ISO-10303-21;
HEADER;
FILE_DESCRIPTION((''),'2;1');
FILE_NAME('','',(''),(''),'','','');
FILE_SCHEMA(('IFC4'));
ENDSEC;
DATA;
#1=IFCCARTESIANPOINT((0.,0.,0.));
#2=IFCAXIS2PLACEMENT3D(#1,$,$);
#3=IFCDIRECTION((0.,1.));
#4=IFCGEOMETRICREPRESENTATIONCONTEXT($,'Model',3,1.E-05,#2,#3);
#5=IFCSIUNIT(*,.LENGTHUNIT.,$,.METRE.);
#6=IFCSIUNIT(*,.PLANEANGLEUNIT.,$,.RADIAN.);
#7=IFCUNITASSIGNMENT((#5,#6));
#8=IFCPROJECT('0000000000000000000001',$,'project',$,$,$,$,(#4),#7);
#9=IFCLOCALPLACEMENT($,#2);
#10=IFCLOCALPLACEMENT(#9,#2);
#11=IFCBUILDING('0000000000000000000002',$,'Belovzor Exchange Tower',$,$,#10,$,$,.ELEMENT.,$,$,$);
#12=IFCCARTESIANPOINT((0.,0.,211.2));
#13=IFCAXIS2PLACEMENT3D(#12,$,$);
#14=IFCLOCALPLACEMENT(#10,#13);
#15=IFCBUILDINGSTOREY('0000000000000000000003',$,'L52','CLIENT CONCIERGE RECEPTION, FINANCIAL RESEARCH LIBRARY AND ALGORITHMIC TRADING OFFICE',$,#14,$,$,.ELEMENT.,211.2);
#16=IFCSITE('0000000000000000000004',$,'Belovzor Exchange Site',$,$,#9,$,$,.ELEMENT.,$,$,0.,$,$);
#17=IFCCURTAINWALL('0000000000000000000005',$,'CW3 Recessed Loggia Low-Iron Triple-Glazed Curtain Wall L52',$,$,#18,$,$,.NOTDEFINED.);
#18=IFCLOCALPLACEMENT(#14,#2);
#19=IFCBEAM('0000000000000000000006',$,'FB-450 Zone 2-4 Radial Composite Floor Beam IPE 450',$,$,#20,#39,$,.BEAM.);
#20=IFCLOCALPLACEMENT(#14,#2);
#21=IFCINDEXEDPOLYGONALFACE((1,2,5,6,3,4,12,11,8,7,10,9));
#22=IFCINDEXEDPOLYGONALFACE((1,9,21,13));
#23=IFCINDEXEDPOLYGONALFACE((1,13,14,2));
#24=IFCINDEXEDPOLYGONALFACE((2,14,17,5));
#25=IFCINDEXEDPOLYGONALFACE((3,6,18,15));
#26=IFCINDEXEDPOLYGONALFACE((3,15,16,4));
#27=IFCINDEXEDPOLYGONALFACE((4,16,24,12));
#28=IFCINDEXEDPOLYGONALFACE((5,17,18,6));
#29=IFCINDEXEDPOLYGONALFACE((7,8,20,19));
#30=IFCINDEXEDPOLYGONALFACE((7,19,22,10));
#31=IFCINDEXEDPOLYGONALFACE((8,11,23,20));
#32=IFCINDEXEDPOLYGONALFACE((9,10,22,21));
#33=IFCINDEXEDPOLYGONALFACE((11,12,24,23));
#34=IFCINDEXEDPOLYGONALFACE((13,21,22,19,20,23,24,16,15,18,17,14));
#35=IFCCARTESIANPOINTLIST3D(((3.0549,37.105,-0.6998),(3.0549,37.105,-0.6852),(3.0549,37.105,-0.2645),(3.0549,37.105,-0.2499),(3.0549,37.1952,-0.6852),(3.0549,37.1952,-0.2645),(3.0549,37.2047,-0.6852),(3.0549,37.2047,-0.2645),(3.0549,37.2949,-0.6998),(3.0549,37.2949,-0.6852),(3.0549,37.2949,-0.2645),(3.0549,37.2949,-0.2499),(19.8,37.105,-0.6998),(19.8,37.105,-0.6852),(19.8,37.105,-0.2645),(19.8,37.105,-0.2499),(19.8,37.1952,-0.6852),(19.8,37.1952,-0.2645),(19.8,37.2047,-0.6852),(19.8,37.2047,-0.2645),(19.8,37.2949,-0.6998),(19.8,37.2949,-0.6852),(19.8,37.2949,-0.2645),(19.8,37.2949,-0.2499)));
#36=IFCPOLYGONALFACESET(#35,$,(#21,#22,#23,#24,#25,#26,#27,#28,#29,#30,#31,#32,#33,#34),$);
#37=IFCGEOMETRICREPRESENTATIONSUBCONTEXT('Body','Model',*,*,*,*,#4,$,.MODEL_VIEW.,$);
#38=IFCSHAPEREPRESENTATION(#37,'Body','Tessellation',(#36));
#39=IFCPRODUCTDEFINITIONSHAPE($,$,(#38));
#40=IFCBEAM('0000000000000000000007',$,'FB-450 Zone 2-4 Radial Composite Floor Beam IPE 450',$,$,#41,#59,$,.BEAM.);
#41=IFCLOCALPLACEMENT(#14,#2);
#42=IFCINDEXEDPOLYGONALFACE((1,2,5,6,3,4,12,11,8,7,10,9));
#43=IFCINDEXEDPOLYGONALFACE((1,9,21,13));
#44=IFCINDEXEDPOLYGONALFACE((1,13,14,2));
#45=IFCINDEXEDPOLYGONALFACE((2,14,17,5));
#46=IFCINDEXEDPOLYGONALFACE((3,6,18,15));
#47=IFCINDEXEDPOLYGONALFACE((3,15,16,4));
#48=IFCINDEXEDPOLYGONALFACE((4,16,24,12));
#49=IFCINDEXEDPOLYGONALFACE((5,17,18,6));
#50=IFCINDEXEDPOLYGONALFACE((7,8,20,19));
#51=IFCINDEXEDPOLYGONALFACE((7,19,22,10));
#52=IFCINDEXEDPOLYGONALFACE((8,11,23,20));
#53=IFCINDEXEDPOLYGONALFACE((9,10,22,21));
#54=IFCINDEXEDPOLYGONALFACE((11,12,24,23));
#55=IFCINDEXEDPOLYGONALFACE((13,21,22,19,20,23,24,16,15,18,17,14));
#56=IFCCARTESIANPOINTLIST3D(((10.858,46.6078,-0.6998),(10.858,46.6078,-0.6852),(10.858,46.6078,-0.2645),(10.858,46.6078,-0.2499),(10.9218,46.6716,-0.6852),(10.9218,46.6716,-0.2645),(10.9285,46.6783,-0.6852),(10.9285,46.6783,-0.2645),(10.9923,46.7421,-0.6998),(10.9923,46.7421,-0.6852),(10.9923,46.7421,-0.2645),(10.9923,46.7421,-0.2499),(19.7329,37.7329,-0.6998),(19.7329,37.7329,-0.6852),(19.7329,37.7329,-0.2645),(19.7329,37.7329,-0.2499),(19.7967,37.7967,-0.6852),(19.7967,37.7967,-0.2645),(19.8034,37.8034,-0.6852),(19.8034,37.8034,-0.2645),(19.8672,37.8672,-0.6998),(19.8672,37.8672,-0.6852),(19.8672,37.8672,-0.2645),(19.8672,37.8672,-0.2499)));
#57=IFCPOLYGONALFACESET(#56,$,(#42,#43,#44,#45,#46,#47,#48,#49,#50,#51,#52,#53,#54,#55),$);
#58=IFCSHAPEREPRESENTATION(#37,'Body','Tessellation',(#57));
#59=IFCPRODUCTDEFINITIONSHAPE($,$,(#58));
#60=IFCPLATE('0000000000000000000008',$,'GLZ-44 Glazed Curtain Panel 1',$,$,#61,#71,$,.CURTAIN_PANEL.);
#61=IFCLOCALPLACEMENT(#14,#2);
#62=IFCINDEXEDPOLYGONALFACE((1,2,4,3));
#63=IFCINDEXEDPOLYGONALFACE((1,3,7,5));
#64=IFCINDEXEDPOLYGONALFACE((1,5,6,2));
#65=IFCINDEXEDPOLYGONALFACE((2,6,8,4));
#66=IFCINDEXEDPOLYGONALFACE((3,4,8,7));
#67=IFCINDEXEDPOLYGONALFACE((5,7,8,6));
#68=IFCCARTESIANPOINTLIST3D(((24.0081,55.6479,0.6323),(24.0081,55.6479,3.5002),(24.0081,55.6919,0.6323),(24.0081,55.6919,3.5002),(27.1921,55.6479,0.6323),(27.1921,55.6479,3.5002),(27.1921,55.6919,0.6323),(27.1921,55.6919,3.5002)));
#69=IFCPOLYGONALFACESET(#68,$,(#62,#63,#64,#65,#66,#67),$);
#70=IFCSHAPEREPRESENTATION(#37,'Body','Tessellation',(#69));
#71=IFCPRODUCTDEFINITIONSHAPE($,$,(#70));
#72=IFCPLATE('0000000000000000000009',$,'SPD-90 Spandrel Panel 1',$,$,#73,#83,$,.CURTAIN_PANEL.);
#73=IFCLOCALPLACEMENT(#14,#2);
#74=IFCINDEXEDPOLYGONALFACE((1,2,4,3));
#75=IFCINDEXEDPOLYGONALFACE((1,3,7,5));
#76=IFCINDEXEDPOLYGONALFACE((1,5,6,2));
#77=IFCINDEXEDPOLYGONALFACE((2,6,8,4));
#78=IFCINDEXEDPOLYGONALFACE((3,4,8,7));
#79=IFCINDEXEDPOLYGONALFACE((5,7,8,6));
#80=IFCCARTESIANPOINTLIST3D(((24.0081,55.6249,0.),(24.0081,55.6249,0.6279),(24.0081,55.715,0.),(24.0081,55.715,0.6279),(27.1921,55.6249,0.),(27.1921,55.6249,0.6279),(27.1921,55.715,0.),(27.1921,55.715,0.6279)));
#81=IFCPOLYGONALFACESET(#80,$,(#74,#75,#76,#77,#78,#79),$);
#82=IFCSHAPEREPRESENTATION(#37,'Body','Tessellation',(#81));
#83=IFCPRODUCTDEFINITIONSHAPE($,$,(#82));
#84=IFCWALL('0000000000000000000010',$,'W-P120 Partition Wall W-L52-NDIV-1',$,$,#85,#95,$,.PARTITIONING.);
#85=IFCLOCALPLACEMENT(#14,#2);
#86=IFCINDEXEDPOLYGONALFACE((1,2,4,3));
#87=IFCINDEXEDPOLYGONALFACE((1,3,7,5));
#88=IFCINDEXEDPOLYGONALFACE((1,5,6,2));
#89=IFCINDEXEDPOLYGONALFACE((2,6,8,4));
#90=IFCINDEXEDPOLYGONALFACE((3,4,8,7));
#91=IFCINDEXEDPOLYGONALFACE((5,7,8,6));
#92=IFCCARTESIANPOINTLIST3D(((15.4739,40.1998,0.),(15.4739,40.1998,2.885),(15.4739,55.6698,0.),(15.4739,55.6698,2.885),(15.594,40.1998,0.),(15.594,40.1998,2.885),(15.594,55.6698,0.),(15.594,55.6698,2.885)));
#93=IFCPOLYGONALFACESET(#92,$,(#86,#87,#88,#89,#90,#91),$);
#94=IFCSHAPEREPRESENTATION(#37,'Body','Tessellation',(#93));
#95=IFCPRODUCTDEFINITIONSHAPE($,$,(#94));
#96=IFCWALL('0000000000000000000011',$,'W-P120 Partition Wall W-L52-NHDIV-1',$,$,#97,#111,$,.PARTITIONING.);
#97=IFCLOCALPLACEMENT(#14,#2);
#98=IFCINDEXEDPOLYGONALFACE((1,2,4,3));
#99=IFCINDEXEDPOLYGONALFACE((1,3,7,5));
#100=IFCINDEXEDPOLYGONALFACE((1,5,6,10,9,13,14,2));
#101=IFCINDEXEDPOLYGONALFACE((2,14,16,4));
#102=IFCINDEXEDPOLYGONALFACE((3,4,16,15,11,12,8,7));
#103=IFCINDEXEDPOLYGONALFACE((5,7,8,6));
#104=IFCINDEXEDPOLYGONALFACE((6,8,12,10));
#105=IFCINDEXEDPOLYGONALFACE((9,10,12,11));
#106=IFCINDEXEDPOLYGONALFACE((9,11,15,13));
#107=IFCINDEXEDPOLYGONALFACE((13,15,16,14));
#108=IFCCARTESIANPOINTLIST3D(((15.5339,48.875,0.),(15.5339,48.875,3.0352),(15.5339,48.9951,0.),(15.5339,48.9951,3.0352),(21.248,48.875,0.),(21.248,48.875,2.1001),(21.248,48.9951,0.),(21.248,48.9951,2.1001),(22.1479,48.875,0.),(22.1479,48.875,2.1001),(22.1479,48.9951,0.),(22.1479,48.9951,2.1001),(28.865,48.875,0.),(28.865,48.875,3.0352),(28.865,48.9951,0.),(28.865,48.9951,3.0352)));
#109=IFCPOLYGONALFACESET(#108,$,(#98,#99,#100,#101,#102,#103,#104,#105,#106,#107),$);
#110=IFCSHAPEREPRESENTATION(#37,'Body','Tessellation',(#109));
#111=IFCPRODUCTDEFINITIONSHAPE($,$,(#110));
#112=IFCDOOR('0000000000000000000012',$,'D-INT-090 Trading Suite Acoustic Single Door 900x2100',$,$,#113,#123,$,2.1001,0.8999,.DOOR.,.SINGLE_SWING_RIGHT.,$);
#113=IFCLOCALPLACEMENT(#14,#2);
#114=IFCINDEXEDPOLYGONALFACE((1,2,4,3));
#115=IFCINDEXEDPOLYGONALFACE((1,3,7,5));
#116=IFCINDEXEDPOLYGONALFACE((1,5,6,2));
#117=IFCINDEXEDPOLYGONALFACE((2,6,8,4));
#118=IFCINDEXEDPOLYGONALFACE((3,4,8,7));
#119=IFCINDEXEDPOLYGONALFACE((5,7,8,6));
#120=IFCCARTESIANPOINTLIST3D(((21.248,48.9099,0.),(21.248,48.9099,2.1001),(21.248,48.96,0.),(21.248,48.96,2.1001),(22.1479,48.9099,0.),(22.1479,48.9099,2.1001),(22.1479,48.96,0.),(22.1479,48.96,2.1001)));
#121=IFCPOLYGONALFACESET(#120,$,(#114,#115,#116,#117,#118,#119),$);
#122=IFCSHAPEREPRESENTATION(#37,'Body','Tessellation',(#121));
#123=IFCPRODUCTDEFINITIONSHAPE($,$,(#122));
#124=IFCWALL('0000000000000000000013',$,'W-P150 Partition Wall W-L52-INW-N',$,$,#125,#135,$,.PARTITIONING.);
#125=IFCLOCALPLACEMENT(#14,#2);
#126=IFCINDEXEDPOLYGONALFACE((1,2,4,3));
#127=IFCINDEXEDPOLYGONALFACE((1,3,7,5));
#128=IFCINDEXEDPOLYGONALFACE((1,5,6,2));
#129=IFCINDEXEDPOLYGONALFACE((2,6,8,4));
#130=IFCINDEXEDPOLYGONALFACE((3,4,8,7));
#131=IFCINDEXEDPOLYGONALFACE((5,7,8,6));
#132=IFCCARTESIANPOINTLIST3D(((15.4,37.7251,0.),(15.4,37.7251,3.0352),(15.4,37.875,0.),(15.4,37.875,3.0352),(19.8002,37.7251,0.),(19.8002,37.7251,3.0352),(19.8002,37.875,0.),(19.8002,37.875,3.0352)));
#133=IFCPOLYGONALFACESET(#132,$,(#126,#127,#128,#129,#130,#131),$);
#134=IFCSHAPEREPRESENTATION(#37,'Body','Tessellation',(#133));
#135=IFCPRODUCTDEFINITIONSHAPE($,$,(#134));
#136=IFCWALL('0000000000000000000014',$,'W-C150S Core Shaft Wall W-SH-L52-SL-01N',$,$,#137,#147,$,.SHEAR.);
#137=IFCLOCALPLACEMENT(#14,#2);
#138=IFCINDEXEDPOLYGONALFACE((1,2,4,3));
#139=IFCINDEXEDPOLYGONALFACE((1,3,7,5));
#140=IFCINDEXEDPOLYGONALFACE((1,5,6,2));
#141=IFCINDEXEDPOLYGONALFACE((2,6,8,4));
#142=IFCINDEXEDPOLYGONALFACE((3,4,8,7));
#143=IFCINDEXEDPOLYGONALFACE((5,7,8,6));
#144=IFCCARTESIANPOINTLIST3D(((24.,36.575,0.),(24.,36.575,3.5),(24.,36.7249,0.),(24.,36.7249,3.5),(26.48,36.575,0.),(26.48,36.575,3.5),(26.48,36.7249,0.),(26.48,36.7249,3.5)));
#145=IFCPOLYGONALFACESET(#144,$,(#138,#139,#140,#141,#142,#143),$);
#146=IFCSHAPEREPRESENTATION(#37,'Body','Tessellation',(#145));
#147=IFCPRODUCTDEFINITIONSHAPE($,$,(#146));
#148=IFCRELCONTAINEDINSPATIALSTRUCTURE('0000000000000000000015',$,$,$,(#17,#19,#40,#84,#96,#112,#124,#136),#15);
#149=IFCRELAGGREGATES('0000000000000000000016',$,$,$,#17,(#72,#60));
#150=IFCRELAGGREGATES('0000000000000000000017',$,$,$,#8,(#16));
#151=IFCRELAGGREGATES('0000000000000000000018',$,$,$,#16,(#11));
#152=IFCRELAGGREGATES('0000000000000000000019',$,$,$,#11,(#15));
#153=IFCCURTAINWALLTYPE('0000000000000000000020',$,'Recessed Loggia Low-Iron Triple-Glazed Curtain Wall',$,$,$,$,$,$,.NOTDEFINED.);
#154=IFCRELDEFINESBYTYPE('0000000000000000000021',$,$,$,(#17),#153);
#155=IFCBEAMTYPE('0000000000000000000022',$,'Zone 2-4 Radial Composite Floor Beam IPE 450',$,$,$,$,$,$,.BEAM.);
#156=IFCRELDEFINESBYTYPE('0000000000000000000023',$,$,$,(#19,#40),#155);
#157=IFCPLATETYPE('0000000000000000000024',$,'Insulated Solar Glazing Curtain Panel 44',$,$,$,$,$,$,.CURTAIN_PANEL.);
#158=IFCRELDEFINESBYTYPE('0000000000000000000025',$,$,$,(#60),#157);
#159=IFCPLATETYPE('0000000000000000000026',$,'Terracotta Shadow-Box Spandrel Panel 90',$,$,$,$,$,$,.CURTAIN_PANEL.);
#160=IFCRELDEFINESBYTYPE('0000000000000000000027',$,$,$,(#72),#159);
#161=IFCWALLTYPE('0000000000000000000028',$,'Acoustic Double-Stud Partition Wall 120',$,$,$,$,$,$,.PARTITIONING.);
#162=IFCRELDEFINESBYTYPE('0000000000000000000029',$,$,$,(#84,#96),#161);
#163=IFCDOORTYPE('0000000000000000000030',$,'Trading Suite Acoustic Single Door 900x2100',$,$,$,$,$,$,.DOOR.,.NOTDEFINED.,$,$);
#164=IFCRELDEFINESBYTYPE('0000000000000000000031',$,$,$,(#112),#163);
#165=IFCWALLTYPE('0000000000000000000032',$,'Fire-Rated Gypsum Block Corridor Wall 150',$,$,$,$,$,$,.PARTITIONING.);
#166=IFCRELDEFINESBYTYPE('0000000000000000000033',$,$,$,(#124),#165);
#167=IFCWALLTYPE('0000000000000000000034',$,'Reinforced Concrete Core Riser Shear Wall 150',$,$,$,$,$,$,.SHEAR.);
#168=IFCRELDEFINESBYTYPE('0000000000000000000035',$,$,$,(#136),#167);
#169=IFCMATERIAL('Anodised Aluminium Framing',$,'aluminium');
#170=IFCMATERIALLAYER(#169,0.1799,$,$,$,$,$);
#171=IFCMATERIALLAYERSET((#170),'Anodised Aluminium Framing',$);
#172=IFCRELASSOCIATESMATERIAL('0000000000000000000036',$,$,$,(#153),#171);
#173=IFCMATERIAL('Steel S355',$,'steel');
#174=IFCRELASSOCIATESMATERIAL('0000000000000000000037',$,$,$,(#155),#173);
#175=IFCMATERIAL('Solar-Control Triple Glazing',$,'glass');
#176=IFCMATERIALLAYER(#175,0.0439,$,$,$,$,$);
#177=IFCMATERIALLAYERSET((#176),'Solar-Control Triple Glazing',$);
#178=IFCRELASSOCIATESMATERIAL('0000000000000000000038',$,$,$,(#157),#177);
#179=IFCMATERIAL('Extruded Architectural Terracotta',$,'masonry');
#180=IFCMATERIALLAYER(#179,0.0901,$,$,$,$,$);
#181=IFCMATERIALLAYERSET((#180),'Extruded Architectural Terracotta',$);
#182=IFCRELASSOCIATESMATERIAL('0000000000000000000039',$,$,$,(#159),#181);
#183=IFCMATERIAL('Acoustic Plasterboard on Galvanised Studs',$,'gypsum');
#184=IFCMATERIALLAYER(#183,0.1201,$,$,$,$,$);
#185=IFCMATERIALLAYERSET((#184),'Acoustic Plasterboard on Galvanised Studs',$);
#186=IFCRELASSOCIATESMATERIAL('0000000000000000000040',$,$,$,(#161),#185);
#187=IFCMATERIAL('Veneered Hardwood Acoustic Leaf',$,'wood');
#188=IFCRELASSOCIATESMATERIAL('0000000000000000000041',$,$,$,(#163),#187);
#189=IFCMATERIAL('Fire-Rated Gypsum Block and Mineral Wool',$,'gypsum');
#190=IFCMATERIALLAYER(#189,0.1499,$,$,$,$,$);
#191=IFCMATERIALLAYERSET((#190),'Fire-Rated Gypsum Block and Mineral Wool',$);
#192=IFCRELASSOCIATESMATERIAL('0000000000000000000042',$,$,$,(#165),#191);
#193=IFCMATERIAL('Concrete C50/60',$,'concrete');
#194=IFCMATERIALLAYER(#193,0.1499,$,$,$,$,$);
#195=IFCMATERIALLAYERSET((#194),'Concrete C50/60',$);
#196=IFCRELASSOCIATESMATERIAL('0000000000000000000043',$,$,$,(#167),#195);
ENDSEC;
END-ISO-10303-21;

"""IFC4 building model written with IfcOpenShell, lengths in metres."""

from ifc_helpers import new_model, si_unit, direction, frame, frame_2d, origin, origin_2d, place, context, subcontext, project, spatial, rectangle, i_section, extrude, material, layer, layer_set, material_profile, profile_set, type_object, element, fill, aggregate, save


model = new_model("IFC4")

# Units and contexts
model_context = context("Model", 3, precision=1e-05, world=origin(), true_north=direction((0.0, 1.0)))
body_context = subcontext(model_context, "Body", "Model", "MODEL_VIEW")
ifc_project = project(units=[si_unit("LENGTHUNIT", "METRE"), si_unit("PLANEANGLEUNIT", "RADIAN")], contexts=[model_context])

# Site, building, storey
site_placement = place(None, origin())
site = spatial("IfcSite", under=ifc_project, at=site_placement, Name="Belovzor Exchange Site", CompositionType="ELEMENT", RefElevation=0.0)
building_placement = place(site_placement, origin())
building = spatial("IfcBuilding", under=site, at=building_placement, Name="Belovzor Exchange Tower", CompositionType="ELEMENT")
storey_placement = place(building_placement, frame((0.0, 0.0, 211.2)))
storey = spatial("IfcBuildingStorey", under=building, at=storey_placement, Name="L52", Description="CLIENT CONCIERGE RECEPTION, FINANCIAL RESEARCH LIBRARY AND ALGORITHMIC TRADING OFFICE", CompositionType="ELEMENT", Elevation=211.2)

# Curtain wall
ifc_material_1 = material(Name="Anodised Aluminium Framing", Category="aluminium")
ifc_layer_1 = layer(ifc_material_1, 0.1799)
ifc_layer_set_1 = layer_set([ifc_layer_1], Name="Anodised Aluminium Framing")
curtain_wall_type = type_object("IfcCurtainWallType", Name="Recessed Loggia Low-Iron Triple-Glazed Curtain Wall", PredefinedType="NOTDEFINED", material=ifc_layer_set_1)
curtain_wall_placement = place(storey_placement, origin())
curtain_wall = element("IfcCurtainWall", 1, at=curtain_wall_placement, inside=storey, type_object=curtain_wall_type, Name="CW3 Recessed Loggia Low-Iron Triple-Glazed Curtain Wall L52", PredefinedType="NOTDEFINED")

# Beams
ifc_material_2 = material(Name="Steel S355", Category="steel")
ifc_material_profile_1 = material_profile(ifc_material_2, i_section(OverallWidth=0.1899, OverallDepth=0.45, WebThickness=0.0095, FlangeThickness=0.0146, at=origin_2d()))
ifc_profile_set_1 = profile_set([ifc_material_profile_1], Name="Steel S355")
beam_type_1 = type_object("IfcBeamType", Name="Zone 2-4 Radial Composite Floor Beam IPE 450", PredefinedType="BEAM", material=ifc_profile_set_1)
beam_1_placement = place(storey_placement, frame((19.8, 37.2, -0.4749), z_axis=(-1.0, 0.0, 0.0), x_axis=(0.0, -1.0, 0.0)))
element("IfcBeam", 2, at=beam_1_placement, inside=storey, type_object=beam_type_1, Name="FB-450 Zone 2-4 Radial Composite Floor Beam IPE 450", PredefinedType="BEAM", context=body_context, shape_type="SweptSolid", body=[
    extrude(i_section(OverallWidth=0.1899, OverallDepth=0.45, WebThickness=0.0095, FlangeThickness=0.0146, at=origin_2d()), origin(), (0.0, 0.0, 1.0), 16.7451),
])
beam_2_placement = place(storey_placement, frame((19.8, 37.8, -0.4749), z_axis=(-0.707107, 0.707107, 0.0), x_axis=(-0.707107, -0.707107, 0.0)))
element("IfcBeam", 3, at=beam_2_placement, inside=storey, type_object=beam_type_1, Name="FB-450 Zone 2-4 Radial Composite Floor Beam IPE 450", PredefinedType="BEAM", context=body_context, shape_type="SweptSolid", body=[
    extrude(i_section(OverallWidth=0.1899, OverallDepth=0.45, WebThickness=0.0095, FlangeThickness=0.0146, at=origin_2d()), origin(), (0.0, 0.0, 1.0), 12.551),
])

# Plates
ifc_material_3 = material(Name="Solar-Control Triple Glazing", Category="glass")
ifc_layer_2 = layer(ifc_material_3, 0.0439)
ifc_layer_set_2 = layer_set([ifc_layer_2], Name="Solar-Control Triple Glazing")
plate_type_1 = type_object("IfcPlateType", Name="Insulated Solar Glazing Curtain Panel 44", PredefinedType="CURTAIN_PANEL", material=ifc_layer_set_2)
plate_1_placement = place(storey_placement, frame((25.6001, 55.6699, 0.6323), z_axis=(0.0, 0.0, 1.0), x_axis=(1.0, 0.0, 0.0)))
plate_1 = element("IfcPlate", 4, at=plate_1_placement, type_object=plate_type_1, Name="GLZ-44 Glazed Curtain Panel 1", PredefinedType="CURTAIN_PANEL", context=body_context, shape_type="SweptSolid", body=[
    extrude(rectangle(XDim=3.1841, YDim=0.0439, at=origin_2d()), origin(), (0.0, 0.0, 1.0), 2.8679),
])
ifc_material_4 = material(Name="Extruded Architectural Terracotta", Category="masonry")
ifc_layer_3 = layer(ifc_material_4, 0.0901)
ifc_layer_set_3 = layer_set([ifc_layer_3], Name="Extruded Architectural Terracotta")
plate_type_2 = type_object("IfcPlateType", Name="Terracotta Shadow-Box Spandrel Panel 90", PredefinedType="CURTAIN_PANEL", material=ifc_layer_set_3)
plate_2_placement = place(storey_placement, frame((25.6001, 55.6699, 0.0), z_axis=(0.0, 0.0, 1.0), x_axis=(1.0, 0.0, 0.0)))
plate_2 = element("IfcPlate", 5, at=plate_2_placement, type_object=plate_type_2, Name="SPD-90 Spandrel Panel 1", PredefinedType="CURTAIN_PANEL", context=body_context, shape_type="SweptSolid", body=[
    extrude(rectangle(XDim=3.1841, YDim=0.0901, at=origin_2d()), origin(), (0.0, 0.0, 1.0), 0.6279),
])
aggregate(curtain_wall, [plate_2, plate_1])

# Wall
ifc_material_5 = material(Name="Acoustic Plasterboard on Galvanised Studs", Category="gypsum")
ifc_layer_4 = layer(ifc_material_5, 0.1201)
ifc_layer_set_4 = layer_set([ifc_layer_4], Name="Acoustic Plasterboard on Galvanised Studs")
wall_type_1 = type_object("IfcWallType", Name="Acoustic Double-Stud Partition Wall 120", PredefinedType="PARTITIONING", material=ifc_layer_set_4)
wall_1_placement = place(storey_placement, frame((15.5339, 40.2, 0.0), z_axis=(0.0, 0.0, 1.0), x_axis=(0.0, 1.0, 0.0)))
element("IfcWall", 6, at=wall_1_placement, inside=storey, type_object=wall_type_1, Name="W-P120 Partition Wall W-L52-NDIV-1", PredefinedType="PARTITIONING", context=body_context, shape_type="SweptSolid", body=[
    extrude(rectangle(XDim=15.47, YDim=0.1201, at=frame_2d((7.7349, 0.0))), origin(), (0.0, 0.0, 1.0), 2.885),
])

# Wall, opening, door
wall_2_placement = place(storey_placement, frame((15.5339, 48.9351, 0.0), z_axis=(0.0, 0.0, 1.0), x_axis=(1.0, 0.0, 0.0)))
wall_2 = element("IfcWall", 7, at=wall_2_placement, inside=storey, type_object=wall_type_1, Name="W-P120 Partition Wall W-L52-NHDIV-1", PredefinedType="PARTITIONING", context=body_context, shape_type="SweptSolid", body=[
    extrude(rectangle(XDim=13.3311, YDim=0.1201, at=frame_2d((6.6655, 0.0))), origin(), (0.0, 0.0, 1.0), 3.0352),
])
opening_1_placement = place(wall_2_placement, frame((5.7141, 0.0, 0.0)))
opening_1 = element("IfcOpeningElement", 8, at=opening_1_placement, cuts=wall_2, PredefinedType="OPENING", context=body_context, shape_type="SweptSolid", body=[
    extrude(rectangle(XDim=0.8999, YDim=2.1001, at=frame_2d((0.45, 1.05))), frame((0.0, 0.0701, 0.0), z_axis=(0.0, -1.0, 0.0), x_axis=(1.0, 0.0, 0.0)), (0.0, 0.0, 1.0), 0.1401),
])
ifc_material_6 = material(Name="Veneered Hardwood Acoustic Leaf", Category="wood")
door_type_1 = type_object("IfcDoorType", Name="Trading Suite Acoustic Single Door 900x2100", OperationType="NOTDEFINED", PredefinedType="DOOR", material=ifc_material_6)
door_1_placement = place(opening_1_placement, origin())
door_1 = element("IfcDoor", 9, at=door_1_placement, inside=storey, type_object=door_type_1, Name="D-INT-090 Trading Suite Acoustic Single Door 900x2100", OperationType="SINGLE_SWING_RIGHT", OverallHeight=2.1001, OverallWidth=0.8999, PredefinedType="DOOR", context=body_context, shape_type="SweptSolid", body=[
    extrude(rectangle(XDim=0.8999, YDim=2.1001, at=frame_2d((0.45, 1.05))), frame((0.0, 0.0249, 0.0), z_axis=(0.0, -1.0, 0.0), x_axis=(1.0, 0.0, 0.0)), (0.0, 0.0, 1.0), 0.05),
])
fill(opening_1, door_1)

# Walls
ifc_material_7 = material(Name="Fire-Rated Gypsum Block and Mineral Wool", Category="gypsum")
ifc_layer_5 = layer(ifc_material_7, 0.1499)
ifc_layer_set_5 = layer_set([ifc_layer_5], Name="Fire-Rated Gypsum Block and Mineral Wool")
wall_type_2 = type_object("IfcWallType", Name="Fire-Rated Gypsum Block Corridor Wall 150", PredefinedType="PARTITIONING", material=ifc_layer_set_5)
wall_3_placement = place(storey_placement, frame((15.3999, 37.8, 0.0), z_axis=(0.0, 0.0, 1.0), x_axis=(1.0, 0.0, 0.0)))
element("IfcWall", 10, at=wall_3_placement, inside=storey, type_object=wall_type_2, Name="W-P150 Partition Wall W-L52-INW-N", PredefinedType="PARTITIONING", context=body_context, shape_type="SweptSolid", body=[
    extrude(rectangle(XDim=4.4001, YDim=0.1499, at=frame_2d((2.2002, 0.0))), origin(), (0.0, 0.0, 1.0), 3.0352),
])
ifc_material_8 = material(Name="Concrete C50/60", Category="concrete")
ifc_layer_6 = layer(ifc_material_8, 0.1499)
ifc_layer_set_6 = layer_set([ifc_layer_6], Name="Concrete C50/60")
wall_type_3 = type_object("IfcWallType", Name="Reinforced Concrete Core Riser Shear Wall 150", PredefinedType="SHEAR", material=ifc_layer_set_6)
wall_4_placement = place(storey_placement, frame((24.0, 36.6499, 0.0), z_axis=(0.0, 0.0, 1.0), x_axis=(1.0, 0.0, 0.0)))
element("IfcWall", 11, at=wall_4_placement, inside=storey, type_object=wall_type_3, Name="W-C150S Core Shaft Wall W-SH-L52-SL-01N", PredefinedType="SHEAR", context=body_context, shape_type="SweptSolid", body=[
    extrude(rectangle(XDim=2.48, YDim=0.1499, at=frame_2d((1.24, 0.0))), origin(), (0.0, 0.0, 1.0), 3.5),
])

save(model, "model.ifc")
